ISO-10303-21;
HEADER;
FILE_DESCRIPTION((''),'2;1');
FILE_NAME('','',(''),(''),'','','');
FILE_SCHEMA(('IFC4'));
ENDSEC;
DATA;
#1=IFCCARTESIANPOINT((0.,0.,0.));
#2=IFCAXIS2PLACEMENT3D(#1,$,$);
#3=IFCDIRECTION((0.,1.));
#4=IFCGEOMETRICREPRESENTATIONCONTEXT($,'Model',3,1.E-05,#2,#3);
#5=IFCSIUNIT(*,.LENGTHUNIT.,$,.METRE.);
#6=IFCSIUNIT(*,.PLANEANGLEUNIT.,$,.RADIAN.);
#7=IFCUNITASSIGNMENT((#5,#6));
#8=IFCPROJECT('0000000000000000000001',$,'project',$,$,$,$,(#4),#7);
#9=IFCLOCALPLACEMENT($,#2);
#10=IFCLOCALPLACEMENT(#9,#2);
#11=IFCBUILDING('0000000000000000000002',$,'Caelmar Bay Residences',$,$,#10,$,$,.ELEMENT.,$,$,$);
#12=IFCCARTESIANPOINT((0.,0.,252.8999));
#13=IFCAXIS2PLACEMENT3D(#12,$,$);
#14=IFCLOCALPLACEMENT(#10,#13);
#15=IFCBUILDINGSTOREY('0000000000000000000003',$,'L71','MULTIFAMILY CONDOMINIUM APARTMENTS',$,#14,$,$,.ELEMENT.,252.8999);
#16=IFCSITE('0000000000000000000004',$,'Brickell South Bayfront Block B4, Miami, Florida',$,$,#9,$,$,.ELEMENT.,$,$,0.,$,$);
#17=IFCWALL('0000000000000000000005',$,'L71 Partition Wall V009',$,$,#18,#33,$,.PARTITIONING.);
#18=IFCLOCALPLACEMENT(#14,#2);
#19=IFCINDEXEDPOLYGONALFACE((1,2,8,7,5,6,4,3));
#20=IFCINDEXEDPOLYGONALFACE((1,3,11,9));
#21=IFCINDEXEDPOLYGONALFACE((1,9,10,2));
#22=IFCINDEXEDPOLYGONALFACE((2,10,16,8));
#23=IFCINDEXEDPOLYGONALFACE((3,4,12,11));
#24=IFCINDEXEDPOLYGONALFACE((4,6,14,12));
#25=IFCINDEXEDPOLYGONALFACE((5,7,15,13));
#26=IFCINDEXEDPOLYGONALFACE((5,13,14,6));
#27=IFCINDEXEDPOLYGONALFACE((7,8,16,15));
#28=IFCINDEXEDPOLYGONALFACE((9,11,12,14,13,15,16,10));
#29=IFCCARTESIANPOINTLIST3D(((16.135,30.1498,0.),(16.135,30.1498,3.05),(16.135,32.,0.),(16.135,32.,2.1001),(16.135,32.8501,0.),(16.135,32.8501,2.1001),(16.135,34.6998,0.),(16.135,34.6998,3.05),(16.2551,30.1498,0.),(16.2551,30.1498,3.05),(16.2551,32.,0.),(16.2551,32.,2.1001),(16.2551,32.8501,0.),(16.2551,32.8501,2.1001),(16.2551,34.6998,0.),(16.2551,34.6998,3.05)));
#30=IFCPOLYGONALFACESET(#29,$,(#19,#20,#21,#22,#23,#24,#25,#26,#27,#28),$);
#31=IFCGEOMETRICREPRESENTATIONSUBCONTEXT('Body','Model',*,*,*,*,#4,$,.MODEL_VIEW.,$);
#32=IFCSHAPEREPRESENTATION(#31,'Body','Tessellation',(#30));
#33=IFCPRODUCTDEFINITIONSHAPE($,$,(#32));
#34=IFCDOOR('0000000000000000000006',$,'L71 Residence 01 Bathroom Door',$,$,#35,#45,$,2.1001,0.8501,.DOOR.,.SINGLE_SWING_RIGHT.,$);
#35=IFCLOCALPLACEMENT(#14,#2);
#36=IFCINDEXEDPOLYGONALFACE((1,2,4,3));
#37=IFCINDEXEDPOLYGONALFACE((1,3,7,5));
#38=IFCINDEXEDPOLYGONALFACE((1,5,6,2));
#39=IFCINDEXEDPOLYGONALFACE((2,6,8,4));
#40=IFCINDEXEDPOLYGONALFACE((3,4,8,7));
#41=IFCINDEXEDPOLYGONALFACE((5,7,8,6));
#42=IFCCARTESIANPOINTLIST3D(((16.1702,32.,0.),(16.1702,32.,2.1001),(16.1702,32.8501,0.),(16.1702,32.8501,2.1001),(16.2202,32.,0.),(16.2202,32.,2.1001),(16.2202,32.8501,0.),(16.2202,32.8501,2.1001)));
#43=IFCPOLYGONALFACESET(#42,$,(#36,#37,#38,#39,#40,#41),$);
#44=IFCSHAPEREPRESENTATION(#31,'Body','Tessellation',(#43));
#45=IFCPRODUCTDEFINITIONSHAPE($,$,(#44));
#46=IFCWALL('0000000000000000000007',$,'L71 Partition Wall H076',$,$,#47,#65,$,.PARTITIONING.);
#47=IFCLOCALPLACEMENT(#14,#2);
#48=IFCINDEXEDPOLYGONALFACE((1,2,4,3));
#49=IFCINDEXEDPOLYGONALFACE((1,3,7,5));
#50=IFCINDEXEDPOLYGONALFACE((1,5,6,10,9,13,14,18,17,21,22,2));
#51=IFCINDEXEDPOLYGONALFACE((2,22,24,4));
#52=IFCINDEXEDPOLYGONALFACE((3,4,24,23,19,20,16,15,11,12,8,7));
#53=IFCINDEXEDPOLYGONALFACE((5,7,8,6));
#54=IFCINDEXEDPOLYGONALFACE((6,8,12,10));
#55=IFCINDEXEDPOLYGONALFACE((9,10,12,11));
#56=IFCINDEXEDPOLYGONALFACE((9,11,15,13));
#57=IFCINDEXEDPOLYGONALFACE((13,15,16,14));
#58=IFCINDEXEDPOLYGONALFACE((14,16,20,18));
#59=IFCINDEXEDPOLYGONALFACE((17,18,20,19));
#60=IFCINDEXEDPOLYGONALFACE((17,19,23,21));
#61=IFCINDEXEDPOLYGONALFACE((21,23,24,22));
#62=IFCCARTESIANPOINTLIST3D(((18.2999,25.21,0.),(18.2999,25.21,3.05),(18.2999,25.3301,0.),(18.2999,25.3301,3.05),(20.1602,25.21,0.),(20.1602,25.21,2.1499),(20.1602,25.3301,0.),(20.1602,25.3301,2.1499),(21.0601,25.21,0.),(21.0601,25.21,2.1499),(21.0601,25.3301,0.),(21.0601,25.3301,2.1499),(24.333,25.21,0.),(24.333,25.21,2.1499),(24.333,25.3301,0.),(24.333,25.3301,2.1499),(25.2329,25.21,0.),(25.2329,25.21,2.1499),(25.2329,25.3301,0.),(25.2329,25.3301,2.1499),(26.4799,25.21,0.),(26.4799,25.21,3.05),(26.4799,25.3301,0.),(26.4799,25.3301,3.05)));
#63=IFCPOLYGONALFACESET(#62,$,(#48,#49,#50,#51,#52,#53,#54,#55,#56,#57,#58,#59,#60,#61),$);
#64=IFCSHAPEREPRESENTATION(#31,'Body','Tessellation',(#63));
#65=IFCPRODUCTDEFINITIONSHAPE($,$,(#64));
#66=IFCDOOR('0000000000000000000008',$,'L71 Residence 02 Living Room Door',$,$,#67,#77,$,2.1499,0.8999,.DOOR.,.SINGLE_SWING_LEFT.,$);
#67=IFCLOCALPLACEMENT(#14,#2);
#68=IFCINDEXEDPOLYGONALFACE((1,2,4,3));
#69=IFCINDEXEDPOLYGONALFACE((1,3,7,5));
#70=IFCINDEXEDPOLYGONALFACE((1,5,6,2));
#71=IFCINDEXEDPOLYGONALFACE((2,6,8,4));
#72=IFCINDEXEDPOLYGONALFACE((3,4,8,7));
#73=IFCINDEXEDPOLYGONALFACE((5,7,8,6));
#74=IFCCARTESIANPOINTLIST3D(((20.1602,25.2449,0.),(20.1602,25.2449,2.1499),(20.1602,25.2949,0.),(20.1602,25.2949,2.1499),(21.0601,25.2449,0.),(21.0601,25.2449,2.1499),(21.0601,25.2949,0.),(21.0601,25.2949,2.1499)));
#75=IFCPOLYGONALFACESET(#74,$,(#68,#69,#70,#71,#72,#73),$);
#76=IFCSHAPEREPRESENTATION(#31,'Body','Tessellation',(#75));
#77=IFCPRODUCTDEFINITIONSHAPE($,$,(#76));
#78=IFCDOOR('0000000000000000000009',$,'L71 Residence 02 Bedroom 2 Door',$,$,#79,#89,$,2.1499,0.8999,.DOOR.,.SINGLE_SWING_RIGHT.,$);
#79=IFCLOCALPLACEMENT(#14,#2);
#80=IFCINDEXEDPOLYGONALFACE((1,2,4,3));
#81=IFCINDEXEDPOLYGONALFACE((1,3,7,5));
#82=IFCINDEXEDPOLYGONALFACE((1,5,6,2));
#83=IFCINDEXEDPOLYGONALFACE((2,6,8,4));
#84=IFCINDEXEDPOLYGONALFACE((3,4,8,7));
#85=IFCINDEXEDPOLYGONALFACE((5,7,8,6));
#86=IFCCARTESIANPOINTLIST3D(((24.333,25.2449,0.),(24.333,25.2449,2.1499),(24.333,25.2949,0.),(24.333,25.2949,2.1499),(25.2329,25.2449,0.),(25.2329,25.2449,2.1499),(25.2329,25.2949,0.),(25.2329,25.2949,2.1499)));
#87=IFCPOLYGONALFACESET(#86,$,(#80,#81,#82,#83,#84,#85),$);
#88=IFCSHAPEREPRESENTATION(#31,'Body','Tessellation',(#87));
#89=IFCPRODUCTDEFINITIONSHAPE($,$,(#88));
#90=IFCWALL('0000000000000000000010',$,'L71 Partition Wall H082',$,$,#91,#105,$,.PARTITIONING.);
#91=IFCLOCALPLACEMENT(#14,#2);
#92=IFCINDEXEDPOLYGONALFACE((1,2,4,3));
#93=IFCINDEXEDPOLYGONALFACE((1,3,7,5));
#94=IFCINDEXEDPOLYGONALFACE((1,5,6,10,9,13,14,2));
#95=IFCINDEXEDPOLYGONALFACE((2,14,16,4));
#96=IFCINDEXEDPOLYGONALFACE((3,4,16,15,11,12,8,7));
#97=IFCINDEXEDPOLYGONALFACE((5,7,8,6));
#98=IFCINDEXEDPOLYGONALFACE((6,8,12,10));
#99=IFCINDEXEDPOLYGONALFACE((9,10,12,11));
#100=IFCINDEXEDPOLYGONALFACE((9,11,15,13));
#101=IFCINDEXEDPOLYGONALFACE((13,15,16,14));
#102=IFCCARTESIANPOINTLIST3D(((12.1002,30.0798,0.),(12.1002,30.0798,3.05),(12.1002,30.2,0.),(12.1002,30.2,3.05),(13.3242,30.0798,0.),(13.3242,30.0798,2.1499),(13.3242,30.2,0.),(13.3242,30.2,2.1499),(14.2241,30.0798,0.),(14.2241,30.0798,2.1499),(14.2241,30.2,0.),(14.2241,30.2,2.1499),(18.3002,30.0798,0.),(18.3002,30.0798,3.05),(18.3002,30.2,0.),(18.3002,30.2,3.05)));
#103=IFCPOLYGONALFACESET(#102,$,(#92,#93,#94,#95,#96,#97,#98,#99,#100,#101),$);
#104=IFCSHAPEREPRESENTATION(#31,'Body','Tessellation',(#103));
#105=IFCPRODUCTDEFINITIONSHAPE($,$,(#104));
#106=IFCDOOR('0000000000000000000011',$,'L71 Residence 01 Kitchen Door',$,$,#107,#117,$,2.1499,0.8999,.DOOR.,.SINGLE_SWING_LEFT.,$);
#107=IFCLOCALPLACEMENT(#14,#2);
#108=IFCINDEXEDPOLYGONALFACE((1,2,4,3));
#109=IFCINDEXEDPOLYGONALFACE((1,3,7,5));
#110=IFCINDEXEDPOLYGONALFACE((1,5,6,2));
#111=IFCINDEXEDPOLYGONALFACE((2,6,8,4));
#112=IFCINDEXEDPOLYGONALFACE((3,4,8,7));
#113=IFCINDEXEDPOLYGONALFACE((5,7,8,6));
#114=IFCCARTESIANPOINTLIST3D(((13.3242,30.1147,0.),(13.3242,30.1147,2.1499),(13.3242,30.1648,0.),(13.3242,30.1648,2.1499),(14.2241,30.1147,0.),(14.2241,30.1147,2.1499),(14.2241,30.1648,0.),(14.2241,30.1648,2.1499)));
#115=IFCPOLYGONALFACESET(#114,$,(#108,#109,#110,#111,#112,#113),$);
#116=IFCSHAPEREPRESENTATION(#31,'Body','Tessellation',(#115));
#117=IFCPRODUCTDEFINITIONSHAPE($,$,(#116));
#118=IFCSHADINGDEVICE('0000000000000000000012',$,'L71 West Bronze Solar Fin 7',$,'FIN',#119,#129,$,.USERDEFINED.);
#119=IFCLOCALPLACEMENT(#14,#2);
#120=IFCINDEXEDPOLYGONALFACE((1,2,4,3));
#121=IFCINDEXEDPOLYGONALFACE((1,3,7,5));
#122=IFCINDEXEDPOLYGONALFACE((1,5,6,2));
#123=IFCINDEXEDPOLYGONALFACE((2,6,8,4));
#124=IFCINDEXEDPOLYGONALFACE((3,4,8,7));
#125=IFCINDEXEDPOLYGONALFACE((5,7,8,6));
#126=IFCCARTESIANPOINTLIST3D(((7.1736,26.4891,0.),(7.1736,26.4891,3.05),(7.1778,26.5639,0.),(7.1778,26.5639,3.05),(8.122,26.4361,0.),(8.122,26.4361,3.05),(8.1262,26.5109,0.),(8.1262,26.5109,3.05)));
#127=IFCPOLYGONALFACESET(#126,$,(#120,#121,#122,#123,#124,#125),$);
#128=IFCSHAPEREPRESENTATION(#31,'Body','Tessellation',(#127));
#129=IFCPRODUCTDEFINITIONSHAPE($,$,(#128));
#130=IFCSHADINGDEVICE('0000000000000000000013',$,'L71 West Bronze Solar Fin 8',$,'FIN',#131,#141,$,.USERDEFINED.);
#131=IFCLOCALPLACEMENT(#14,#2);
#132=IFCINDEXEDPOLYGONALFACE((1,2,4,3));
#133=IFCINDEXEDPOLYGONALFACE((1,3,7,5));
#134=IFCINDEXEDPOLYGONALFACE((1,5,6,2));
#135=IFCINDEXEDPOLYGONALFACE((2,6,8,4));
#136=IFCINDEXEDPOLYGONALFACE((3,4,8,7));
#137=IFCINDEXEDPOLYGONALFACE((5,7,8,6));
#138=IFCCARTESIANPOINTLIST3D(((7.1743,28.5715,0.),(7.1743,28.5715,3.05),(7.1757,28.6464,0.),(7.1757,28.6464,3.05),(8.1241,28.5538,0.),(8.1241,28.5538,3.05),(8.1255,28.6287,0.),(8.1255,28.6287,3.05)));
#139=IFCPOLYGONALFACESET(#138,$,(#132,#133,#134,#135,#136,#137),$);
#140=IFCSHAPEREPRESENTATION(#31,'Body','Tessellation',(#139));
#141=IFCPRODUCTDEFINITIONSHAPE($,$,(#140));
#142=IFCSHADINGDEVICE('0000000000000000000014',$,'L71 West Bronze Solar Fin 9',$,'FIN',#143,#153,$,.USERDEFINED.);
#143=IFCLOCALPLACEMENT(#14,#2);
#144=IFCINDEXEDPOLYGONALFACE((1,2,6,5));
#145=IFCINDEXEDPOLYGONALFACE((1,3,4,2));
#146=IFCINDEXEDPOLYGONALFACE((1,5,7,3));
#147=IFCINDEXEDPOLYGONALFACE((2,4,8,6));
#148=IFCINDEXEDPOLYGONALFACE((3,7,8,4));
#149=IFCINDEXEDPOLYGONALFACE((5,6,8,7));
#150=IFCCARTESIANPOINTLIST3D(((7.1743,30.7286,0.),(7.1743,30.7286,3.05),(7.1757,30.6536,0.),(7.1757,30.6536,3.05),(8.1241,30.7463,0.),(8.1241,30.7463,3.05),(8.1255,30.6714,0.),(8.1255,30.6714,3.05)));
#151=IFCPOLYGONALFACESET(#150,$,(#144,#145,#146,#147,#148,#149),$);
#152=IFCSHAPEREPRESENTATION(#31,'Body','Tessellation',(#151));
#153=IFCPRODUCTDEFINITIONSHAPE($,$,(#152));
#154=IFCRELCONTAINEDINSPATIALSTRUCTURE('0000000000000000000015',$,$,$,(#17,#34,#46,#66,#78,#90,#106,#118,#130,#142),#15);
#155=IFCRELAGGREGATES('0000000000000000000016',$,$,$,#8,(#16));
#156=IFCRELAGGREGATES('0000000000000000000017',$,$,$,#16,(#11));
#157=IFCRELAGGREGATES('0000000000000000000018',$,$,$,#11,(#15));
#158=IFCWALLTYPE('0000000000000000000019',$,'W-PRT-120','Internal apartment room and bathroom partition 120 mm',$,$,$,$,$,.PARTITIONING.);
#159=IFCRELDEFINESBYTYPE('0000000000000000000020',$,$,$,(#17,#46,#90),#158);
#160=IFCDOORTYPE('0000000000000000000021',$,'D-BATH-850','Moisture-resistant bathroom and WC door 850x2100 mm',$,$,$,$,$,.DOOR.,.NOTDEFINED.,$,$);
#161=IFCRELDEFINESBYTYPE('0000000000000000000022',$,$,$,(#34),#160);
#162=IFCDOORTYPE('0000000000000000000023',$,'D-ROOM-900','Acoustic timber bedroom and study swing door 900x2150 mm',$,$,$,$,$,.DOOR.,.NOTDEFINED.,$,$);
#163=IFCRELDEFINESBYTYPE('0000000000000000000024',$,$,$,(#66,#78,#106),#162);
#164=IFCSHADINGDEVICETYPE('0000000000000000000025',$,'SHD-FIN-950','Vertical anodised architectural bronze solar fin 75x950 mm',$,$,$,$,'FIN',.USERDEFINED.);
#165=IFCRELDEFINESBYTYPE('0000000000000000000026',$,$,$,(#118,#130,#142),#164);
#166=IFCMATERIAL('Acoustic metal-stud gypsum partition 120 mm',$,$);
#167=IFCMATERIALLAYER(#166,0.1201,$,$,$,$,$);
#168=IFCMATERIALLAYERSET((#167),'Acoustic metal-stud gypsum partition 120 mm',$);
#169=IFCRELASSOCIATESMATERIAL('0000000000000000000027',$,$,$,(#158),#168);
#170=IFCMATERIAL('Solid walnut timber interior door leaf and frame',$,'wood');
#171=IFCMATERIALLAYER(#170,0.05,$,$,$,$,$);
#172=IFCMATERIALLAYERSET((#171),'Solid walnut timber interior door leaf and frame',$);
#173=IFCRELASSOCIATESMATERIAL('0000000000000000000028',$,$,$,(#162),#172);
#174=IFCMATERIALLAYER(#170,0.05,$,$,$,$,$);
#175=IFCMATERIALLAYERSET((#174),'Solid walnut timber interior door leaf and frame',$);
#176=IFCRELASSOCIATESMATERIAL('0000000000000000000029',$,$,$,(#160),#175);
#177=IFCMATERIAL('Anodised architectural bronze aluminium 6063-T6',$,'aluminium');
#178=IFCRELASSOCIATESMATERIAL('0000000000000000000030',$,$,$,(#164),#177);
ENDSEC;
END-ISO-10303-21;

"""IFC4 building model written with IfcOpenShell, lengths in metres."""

from ifc_helpers import new_model, si_unit, direction, frame, frame_2d, origin, origin_2d, place, context, subcontext, project, spatial, rectangle, extrude, material, layer, layer_set, material_profile, profile_set, type_object, element, fill, save


model = new_model("IFC4")

# Units and contexts
model_context = context("Model", 3, precision=1e-05, world=origin(), true_north=direction((0.0, 1.0)))
body_context = subcontext(model_context, "Body", "Model", "MODEL_VIEW")
ifc_project = project(units=[si_unit("LENGTHUNIT", "METRE"), si_unit("PLANEANGLEUNIT", "RADIAN")], contexts=[model_context])

# Site, building, storey
site_placement = place(None, origin())
site = spatial("IfcSite", under=ifc_project, at=site_placement, Name="Brickell South Bayfront Block B4, Miami, Florida", CompositionType="ELEMENT", RefElevation=0.0)
building_placement = place(site_placement, origin())
building = spatial("IfcBuilding", under=site, at=building_placement, Name="Caelmar Bay Residences", CompositionType="ELEMENT")
storey_placement = place(building_placement, frame((0.0, 0.0, 252.8999)))
storey = spatial("IfcBuildingStorey", under=building, at=storey_placement, Name="L71", Description="MULTIFAMILY CONDOMINIUM APARTMENTS", CompositionType="ELEMENT", Elevation=252.8999)

# Shared definitions
ifc_material_1 = material(Name="Acoustic metal-stud gypsum partition 120 mm")
ifc_layer_1 = layer(ifc_material_1, 0.1201)
ifc_layer_set_1 = layer_set([ifc_layer_1], Name="Acoustic metal-stud gypsum partition 120 mm")
wall_type_1 = type_object("IfcWallType", Name="W-PRT-120", Description="Internal apartment room and bathroom partition 120 mm", PredefinedType="PARTITIONING", material=ifc_layer_set_1)

# Wall, opening, door
ifc_material_2 = material(Name="Solid walnut timber interior door leaf and frame", Category="wood")
ifc_layer_2 = layer(ifc_material_2, 0.05)
ifc_layer_set_2 = layer_set([ifc_layer_2], Name="Solid walnut timber interior door leaf and frame")
door_type_1 = type_object("IfcDoorType", Name="D-ROOM-900", Description="Acoustic timber bedroom and study swing door 900x2150 mm", OperationType="NOTDEFINED", PredefinedType="DOOR", material=ifc_layer_set_2)
wall_1_placement = place(storey_placement, frame((16.1951, 30.1499, 0.0), z_axis=(0.0, 0.0, 1.0), x_axis=(0.0, 1.0, 0.0)))
wall_1 = element("IfcWall", 1, at=wall_1_placement, inside=storey, type_object=wall_type_1, Name="L71 Partition Wall V009", PredefinedType="PARTITIONING", context=body_context, shape_type="SweptSolid", body=[
    extrude(rectangle(XDim=4.55, YDim=0.1201, at=frame_2d((2.2749, 0.0))), origin(), (0.0, 0.0, 1.0), 3.05),
])
opening_1_placement = place(wall_1_placement, frame((1.8501, 0.0, 0.0)))
opening_1 = element("IfcOpeningElement", 2, at=opening_1_placement, cuts=wall_1, PredefinedType="OPENING", context=body_context, shape_type="SweptSolid", body=[
    extrude(rectangle(XDim=0.8501, YDim=2.1001, at=frame_2d((0.425, 1.05))), frame((0.0, 0.0701, 0.0), z_axis=(0.0, -1.0, 0.0), x_axis=(1.0, 0.0, 0.0)), (0.0, 0.0, 1.0), 0.1401),
])
ifc_layer_3 = layer(ifc_material_2, 0.05)
ifc_layer_set_3 = layer_set([ifc_layer_3], Name="Solid walnut timber interior door leaf and frame")
door_type_2 = type_object("IfcDoorType", Name="D-BATH-850", Description="Moisture-resistant bathroom and WC door 850x2100 mm", OperationType="NOTDEFINED", PredefinedType="DOOR", material=ifc_layer_set_3)
door_1_placement = place(opening_1_placement, origin())
door_1 = element("IfcDoor", 3, at=door_1_placement, inside=storey, type_object=door_type_2, Name="L71 Residence 01 Bathroom Door", OperationType="SINGLE_SWING_RIGHT", OverallHeight=2.1001, OverallWidth=0.8501, PredefinedType="DOOR", context=body_context, shape_type="SweptSolid", body=[
    extrude(rectangle(XDim=0.8501, YDim=2.1001, at=frame_2d((0.425, 1.05))), frame((0.0, 0.0249, 0.0), z_axis=(0.0, -1.0, 0.0), x_axis=(1.0, 0.0, 0.0)), (0.0, 0.0, 1.0), 0.05),
])
fill(opening_1, door_1)

# Wall, openings, doors
wall_2_placement = place(storey_placement, frame((18.3, 25.27, 0.0), z_axis=(0.0, 0.0, 1.0), x_axis=(1.0, 0.0, 0.0)))
wall_2 = element("IfcWall", 4, at=wall_2_placement, inside=storey, type_object=wall_type_1, Name="L71 Partition Wall H076", PredefinedType="PARTITIONING", context=body_context, shape_type="SweptSolid", body=[
    extrude(rectangle(XDim=8.1799, YDim=0.1201, at=frame_2d((4.0898, 0.0))), origin(), (0.0, 0.0, 1.0), 3.05),
])
opening_2_placement = place(wall_2_placement, frame((1.8601, 0.0, 0.0)))
opening_2 = element("IfcOpeningElement", 5, at=opening_2_placement, cuts=wall_2, PredefinedType="OPENING", context=body_context, shape_type="SweptSolid", body=[
    extrude(rectangle(XDim=0.8999, YDim=2.1499, at=frame_2d((0.45, 1.075))), frame((0.0, 0.0701, 0.0), z_axis=(0.0, -1.0, 0.0), x_axis=(1.0, 0.0, 0.0)), (0.0, 0.0, 1.0), 0.1401),
])
opening_3_placement = place(wall_2_placement, frame((6.033, 0.0, 0.0)))
opening_3 = element("IfcOpeningElement", 6, at=opening_3_placement, cuts=wall_2, PredefinedType="OPENING", context=body_context, shape_type="SweptSolid", body=[
    extrude(rectangle(XDim=0.8999, YDim=2.1499, at=frame_2d((0.45, 1.075))), frame((0.0, 0.0701, 0.0), z_axis=(0.0, -1.0, 0.0), x_axis=(1.0, 0.0, 0.0)), (0.0, 0.0, 1.0), 0.1401),
])
door_2_placement = place(opening_2_placement, origin())
door_2 = element("IfcDoor", 7, at=door_2_placement, inside=storey, type_object=door_type_1, Name="L71 Residence 02 Living Room Door", OperationType="SINGLE_SWING_LEFT", OverallHeight=2.1499, OverallWidth=0.8999, PredefinedType="DOOR", context=body_context, shape_type="SweptSolid", body=[
    extrude(rectangle(XDim=0.8999, YDim=2.1499, at=frame_2d((0.45, 1.075))), frame((0.0, 0.0249, 0.0), z_axis=(0.0, -1.0, 0.0), x_axis=(1.0, 0.0, 0.0)), (0.0, 0.0, 1.0), 0.05),
])
fill(opening_2, door_2)
door_3_placement = place(opening_3_placement, origin())
door_3 = element("IfcDoor", 8, at=door_3_placement, inside=storey, type_object=door_type_1, Name="L71 Residence 02 Bedroom 2 Door", OperationType="SINGLE_SWING_RIGHT", OverallHeight=2.1499, OverallWidth=0.8999, PredefinedType="DOOR", context=body_context, shape_type="SweptSolid", body=[
    extrude(rectangle(XDim=0.8999, YDim=2.1499, at=frame_2d((0.45, 1.075))), frame((0.0, 0.0249, 0.0), z_axis=(0.0, -1.0, 0.0), x_axis=(1.0, 0.0, 0.0)), (0.0, 0.0, 1.0), 0.05),
])
fill(opening_3, door_3)

# Wall, opening, door
wall_3_placement = place(storey_placement, frame((12.1001, 30.1399, 0.0), z_axis=(0.0, 0.0, 1.0), x_axis=(1.0, 0.0, 0.0)))
wall_3 = element("IfcWall", 9, at=wall_3_placement, inside=storey, type_object=wall_type_1, Name="L71 Partition Wall H082", PredefinedType="PARTITIONING", context=body_context, shape_type="SweptSolid", body=[
    extrude(rectangle(XDim=6.2, YDim=0.1201, at=frame_2d((3.1001, 0.0))), origin(), (0.0, 0.0, 1.0), 3.05),
])
opening_4_placement = place(wall_3_placement, frame((1.2241, 0.0, 0.0)))
opening_4 = element("IfcOpeningElement", 10, at=opening_4_placement, cuts=wall_3, PredefinedType="OPENING", context=body_context, shape_type="SweptSolid", body=[
    extrude(rectangle(XDim=0.8999, YDim=2.1499, at=frame_2d((0.45, 1.075))), frame((0.0, 0.0701, 0.0), z_axis=(0.0, -1.0, 0.0), x_axis=(1.0, 0.0, 0.0)), (0.0, 0.0, 1.0), 0.1401),
])
door_4_placement = place(opening_4_placement, origin())
door_4 = element("IfcDoor", 11, at=door_4_placement, inside=storey, type_object=door_type_1, Name="L71 Residence 01 Kitchen Door", OperationType="SINGLE_SWING_LEFT", OverallHeight=2.1499, OverallWidth=0.8999, PredefinedType="DOOR", context=body_context, shape_type="SweptSolid", body=[
    extrude(rectangle(XDim=0.8999, YDim=2.1499, at=frame_2d((0.45, 1.075))), frame((0.0, 0.0249, 0.0), z_axis=(0.0, -1.0, 0.0), x_axis=(1.0, 0.0, 0.0)), (0.0, 0.0, 1.0), 0.05),
])
fill(opening_4, door_4)

# Shading devices
ifc_material_3 = material(Name="Anodised architectural bronze aluminium 6063-T6", Category="aluminium")
ifc_material_profile_1 = material_profile(ifc_material_3, rectangle(XDim=0.075, YDim=0.95, at=origin_2d()), Name="BRONZE-FIN-75X950")
ifc_profile_set_1 = profile_set([ifc_material_profile_1], Name="Anodised architectural bronze aluminium 6063-T6")
shading_device_type = type_object("IfcShadingDeviceType", Name="SHD-FIN-950", Description="Vertical anodised architectural bronze solar fin 75x950 mm", ElementType="FIN", PredefinedType="USERDEFINED", material=ifc_profile_set_1)
for number, where, z_axis, x_axis, name in (
    (12, (7.6499, 26.5, 0.0), (0.0, 0.0, 1.0), (0.055822, 0.998441, 0.0), "L71 West Bronze Solar Fin 7"),
    (13, (7.6499, 28.6001, 0.0), (0.0, 0.0, 1.0), (0.018674, 0.999826, 0.0), "L71 West Bronze Solar Fin 8"),
    (14, (7.6499, 30.7, 0.0), (0.0, 0.0, 1.0), (-0.018674, 0.999826, 0.0), "L71 West Bronze Solar Fin 9"),
):
    element("IfcShadingDevice", number, at=place(storey_placement, frame(where, z_axis=z_axis, x_axis=x_axis)), inside=storey, type_object=shading_device_type, Name=name, ObjectType="FIN", PredefinedType="USERDEFINED", context=body_context, shape_type="SweptSolid", body=[
        extrude(rectangle(XDim=0.075, YDim=0.95, at=origin_2d()), origin(), (0.0, 0.0, 1.0), 3.05),
    ])

save(model, "model.ifc")
